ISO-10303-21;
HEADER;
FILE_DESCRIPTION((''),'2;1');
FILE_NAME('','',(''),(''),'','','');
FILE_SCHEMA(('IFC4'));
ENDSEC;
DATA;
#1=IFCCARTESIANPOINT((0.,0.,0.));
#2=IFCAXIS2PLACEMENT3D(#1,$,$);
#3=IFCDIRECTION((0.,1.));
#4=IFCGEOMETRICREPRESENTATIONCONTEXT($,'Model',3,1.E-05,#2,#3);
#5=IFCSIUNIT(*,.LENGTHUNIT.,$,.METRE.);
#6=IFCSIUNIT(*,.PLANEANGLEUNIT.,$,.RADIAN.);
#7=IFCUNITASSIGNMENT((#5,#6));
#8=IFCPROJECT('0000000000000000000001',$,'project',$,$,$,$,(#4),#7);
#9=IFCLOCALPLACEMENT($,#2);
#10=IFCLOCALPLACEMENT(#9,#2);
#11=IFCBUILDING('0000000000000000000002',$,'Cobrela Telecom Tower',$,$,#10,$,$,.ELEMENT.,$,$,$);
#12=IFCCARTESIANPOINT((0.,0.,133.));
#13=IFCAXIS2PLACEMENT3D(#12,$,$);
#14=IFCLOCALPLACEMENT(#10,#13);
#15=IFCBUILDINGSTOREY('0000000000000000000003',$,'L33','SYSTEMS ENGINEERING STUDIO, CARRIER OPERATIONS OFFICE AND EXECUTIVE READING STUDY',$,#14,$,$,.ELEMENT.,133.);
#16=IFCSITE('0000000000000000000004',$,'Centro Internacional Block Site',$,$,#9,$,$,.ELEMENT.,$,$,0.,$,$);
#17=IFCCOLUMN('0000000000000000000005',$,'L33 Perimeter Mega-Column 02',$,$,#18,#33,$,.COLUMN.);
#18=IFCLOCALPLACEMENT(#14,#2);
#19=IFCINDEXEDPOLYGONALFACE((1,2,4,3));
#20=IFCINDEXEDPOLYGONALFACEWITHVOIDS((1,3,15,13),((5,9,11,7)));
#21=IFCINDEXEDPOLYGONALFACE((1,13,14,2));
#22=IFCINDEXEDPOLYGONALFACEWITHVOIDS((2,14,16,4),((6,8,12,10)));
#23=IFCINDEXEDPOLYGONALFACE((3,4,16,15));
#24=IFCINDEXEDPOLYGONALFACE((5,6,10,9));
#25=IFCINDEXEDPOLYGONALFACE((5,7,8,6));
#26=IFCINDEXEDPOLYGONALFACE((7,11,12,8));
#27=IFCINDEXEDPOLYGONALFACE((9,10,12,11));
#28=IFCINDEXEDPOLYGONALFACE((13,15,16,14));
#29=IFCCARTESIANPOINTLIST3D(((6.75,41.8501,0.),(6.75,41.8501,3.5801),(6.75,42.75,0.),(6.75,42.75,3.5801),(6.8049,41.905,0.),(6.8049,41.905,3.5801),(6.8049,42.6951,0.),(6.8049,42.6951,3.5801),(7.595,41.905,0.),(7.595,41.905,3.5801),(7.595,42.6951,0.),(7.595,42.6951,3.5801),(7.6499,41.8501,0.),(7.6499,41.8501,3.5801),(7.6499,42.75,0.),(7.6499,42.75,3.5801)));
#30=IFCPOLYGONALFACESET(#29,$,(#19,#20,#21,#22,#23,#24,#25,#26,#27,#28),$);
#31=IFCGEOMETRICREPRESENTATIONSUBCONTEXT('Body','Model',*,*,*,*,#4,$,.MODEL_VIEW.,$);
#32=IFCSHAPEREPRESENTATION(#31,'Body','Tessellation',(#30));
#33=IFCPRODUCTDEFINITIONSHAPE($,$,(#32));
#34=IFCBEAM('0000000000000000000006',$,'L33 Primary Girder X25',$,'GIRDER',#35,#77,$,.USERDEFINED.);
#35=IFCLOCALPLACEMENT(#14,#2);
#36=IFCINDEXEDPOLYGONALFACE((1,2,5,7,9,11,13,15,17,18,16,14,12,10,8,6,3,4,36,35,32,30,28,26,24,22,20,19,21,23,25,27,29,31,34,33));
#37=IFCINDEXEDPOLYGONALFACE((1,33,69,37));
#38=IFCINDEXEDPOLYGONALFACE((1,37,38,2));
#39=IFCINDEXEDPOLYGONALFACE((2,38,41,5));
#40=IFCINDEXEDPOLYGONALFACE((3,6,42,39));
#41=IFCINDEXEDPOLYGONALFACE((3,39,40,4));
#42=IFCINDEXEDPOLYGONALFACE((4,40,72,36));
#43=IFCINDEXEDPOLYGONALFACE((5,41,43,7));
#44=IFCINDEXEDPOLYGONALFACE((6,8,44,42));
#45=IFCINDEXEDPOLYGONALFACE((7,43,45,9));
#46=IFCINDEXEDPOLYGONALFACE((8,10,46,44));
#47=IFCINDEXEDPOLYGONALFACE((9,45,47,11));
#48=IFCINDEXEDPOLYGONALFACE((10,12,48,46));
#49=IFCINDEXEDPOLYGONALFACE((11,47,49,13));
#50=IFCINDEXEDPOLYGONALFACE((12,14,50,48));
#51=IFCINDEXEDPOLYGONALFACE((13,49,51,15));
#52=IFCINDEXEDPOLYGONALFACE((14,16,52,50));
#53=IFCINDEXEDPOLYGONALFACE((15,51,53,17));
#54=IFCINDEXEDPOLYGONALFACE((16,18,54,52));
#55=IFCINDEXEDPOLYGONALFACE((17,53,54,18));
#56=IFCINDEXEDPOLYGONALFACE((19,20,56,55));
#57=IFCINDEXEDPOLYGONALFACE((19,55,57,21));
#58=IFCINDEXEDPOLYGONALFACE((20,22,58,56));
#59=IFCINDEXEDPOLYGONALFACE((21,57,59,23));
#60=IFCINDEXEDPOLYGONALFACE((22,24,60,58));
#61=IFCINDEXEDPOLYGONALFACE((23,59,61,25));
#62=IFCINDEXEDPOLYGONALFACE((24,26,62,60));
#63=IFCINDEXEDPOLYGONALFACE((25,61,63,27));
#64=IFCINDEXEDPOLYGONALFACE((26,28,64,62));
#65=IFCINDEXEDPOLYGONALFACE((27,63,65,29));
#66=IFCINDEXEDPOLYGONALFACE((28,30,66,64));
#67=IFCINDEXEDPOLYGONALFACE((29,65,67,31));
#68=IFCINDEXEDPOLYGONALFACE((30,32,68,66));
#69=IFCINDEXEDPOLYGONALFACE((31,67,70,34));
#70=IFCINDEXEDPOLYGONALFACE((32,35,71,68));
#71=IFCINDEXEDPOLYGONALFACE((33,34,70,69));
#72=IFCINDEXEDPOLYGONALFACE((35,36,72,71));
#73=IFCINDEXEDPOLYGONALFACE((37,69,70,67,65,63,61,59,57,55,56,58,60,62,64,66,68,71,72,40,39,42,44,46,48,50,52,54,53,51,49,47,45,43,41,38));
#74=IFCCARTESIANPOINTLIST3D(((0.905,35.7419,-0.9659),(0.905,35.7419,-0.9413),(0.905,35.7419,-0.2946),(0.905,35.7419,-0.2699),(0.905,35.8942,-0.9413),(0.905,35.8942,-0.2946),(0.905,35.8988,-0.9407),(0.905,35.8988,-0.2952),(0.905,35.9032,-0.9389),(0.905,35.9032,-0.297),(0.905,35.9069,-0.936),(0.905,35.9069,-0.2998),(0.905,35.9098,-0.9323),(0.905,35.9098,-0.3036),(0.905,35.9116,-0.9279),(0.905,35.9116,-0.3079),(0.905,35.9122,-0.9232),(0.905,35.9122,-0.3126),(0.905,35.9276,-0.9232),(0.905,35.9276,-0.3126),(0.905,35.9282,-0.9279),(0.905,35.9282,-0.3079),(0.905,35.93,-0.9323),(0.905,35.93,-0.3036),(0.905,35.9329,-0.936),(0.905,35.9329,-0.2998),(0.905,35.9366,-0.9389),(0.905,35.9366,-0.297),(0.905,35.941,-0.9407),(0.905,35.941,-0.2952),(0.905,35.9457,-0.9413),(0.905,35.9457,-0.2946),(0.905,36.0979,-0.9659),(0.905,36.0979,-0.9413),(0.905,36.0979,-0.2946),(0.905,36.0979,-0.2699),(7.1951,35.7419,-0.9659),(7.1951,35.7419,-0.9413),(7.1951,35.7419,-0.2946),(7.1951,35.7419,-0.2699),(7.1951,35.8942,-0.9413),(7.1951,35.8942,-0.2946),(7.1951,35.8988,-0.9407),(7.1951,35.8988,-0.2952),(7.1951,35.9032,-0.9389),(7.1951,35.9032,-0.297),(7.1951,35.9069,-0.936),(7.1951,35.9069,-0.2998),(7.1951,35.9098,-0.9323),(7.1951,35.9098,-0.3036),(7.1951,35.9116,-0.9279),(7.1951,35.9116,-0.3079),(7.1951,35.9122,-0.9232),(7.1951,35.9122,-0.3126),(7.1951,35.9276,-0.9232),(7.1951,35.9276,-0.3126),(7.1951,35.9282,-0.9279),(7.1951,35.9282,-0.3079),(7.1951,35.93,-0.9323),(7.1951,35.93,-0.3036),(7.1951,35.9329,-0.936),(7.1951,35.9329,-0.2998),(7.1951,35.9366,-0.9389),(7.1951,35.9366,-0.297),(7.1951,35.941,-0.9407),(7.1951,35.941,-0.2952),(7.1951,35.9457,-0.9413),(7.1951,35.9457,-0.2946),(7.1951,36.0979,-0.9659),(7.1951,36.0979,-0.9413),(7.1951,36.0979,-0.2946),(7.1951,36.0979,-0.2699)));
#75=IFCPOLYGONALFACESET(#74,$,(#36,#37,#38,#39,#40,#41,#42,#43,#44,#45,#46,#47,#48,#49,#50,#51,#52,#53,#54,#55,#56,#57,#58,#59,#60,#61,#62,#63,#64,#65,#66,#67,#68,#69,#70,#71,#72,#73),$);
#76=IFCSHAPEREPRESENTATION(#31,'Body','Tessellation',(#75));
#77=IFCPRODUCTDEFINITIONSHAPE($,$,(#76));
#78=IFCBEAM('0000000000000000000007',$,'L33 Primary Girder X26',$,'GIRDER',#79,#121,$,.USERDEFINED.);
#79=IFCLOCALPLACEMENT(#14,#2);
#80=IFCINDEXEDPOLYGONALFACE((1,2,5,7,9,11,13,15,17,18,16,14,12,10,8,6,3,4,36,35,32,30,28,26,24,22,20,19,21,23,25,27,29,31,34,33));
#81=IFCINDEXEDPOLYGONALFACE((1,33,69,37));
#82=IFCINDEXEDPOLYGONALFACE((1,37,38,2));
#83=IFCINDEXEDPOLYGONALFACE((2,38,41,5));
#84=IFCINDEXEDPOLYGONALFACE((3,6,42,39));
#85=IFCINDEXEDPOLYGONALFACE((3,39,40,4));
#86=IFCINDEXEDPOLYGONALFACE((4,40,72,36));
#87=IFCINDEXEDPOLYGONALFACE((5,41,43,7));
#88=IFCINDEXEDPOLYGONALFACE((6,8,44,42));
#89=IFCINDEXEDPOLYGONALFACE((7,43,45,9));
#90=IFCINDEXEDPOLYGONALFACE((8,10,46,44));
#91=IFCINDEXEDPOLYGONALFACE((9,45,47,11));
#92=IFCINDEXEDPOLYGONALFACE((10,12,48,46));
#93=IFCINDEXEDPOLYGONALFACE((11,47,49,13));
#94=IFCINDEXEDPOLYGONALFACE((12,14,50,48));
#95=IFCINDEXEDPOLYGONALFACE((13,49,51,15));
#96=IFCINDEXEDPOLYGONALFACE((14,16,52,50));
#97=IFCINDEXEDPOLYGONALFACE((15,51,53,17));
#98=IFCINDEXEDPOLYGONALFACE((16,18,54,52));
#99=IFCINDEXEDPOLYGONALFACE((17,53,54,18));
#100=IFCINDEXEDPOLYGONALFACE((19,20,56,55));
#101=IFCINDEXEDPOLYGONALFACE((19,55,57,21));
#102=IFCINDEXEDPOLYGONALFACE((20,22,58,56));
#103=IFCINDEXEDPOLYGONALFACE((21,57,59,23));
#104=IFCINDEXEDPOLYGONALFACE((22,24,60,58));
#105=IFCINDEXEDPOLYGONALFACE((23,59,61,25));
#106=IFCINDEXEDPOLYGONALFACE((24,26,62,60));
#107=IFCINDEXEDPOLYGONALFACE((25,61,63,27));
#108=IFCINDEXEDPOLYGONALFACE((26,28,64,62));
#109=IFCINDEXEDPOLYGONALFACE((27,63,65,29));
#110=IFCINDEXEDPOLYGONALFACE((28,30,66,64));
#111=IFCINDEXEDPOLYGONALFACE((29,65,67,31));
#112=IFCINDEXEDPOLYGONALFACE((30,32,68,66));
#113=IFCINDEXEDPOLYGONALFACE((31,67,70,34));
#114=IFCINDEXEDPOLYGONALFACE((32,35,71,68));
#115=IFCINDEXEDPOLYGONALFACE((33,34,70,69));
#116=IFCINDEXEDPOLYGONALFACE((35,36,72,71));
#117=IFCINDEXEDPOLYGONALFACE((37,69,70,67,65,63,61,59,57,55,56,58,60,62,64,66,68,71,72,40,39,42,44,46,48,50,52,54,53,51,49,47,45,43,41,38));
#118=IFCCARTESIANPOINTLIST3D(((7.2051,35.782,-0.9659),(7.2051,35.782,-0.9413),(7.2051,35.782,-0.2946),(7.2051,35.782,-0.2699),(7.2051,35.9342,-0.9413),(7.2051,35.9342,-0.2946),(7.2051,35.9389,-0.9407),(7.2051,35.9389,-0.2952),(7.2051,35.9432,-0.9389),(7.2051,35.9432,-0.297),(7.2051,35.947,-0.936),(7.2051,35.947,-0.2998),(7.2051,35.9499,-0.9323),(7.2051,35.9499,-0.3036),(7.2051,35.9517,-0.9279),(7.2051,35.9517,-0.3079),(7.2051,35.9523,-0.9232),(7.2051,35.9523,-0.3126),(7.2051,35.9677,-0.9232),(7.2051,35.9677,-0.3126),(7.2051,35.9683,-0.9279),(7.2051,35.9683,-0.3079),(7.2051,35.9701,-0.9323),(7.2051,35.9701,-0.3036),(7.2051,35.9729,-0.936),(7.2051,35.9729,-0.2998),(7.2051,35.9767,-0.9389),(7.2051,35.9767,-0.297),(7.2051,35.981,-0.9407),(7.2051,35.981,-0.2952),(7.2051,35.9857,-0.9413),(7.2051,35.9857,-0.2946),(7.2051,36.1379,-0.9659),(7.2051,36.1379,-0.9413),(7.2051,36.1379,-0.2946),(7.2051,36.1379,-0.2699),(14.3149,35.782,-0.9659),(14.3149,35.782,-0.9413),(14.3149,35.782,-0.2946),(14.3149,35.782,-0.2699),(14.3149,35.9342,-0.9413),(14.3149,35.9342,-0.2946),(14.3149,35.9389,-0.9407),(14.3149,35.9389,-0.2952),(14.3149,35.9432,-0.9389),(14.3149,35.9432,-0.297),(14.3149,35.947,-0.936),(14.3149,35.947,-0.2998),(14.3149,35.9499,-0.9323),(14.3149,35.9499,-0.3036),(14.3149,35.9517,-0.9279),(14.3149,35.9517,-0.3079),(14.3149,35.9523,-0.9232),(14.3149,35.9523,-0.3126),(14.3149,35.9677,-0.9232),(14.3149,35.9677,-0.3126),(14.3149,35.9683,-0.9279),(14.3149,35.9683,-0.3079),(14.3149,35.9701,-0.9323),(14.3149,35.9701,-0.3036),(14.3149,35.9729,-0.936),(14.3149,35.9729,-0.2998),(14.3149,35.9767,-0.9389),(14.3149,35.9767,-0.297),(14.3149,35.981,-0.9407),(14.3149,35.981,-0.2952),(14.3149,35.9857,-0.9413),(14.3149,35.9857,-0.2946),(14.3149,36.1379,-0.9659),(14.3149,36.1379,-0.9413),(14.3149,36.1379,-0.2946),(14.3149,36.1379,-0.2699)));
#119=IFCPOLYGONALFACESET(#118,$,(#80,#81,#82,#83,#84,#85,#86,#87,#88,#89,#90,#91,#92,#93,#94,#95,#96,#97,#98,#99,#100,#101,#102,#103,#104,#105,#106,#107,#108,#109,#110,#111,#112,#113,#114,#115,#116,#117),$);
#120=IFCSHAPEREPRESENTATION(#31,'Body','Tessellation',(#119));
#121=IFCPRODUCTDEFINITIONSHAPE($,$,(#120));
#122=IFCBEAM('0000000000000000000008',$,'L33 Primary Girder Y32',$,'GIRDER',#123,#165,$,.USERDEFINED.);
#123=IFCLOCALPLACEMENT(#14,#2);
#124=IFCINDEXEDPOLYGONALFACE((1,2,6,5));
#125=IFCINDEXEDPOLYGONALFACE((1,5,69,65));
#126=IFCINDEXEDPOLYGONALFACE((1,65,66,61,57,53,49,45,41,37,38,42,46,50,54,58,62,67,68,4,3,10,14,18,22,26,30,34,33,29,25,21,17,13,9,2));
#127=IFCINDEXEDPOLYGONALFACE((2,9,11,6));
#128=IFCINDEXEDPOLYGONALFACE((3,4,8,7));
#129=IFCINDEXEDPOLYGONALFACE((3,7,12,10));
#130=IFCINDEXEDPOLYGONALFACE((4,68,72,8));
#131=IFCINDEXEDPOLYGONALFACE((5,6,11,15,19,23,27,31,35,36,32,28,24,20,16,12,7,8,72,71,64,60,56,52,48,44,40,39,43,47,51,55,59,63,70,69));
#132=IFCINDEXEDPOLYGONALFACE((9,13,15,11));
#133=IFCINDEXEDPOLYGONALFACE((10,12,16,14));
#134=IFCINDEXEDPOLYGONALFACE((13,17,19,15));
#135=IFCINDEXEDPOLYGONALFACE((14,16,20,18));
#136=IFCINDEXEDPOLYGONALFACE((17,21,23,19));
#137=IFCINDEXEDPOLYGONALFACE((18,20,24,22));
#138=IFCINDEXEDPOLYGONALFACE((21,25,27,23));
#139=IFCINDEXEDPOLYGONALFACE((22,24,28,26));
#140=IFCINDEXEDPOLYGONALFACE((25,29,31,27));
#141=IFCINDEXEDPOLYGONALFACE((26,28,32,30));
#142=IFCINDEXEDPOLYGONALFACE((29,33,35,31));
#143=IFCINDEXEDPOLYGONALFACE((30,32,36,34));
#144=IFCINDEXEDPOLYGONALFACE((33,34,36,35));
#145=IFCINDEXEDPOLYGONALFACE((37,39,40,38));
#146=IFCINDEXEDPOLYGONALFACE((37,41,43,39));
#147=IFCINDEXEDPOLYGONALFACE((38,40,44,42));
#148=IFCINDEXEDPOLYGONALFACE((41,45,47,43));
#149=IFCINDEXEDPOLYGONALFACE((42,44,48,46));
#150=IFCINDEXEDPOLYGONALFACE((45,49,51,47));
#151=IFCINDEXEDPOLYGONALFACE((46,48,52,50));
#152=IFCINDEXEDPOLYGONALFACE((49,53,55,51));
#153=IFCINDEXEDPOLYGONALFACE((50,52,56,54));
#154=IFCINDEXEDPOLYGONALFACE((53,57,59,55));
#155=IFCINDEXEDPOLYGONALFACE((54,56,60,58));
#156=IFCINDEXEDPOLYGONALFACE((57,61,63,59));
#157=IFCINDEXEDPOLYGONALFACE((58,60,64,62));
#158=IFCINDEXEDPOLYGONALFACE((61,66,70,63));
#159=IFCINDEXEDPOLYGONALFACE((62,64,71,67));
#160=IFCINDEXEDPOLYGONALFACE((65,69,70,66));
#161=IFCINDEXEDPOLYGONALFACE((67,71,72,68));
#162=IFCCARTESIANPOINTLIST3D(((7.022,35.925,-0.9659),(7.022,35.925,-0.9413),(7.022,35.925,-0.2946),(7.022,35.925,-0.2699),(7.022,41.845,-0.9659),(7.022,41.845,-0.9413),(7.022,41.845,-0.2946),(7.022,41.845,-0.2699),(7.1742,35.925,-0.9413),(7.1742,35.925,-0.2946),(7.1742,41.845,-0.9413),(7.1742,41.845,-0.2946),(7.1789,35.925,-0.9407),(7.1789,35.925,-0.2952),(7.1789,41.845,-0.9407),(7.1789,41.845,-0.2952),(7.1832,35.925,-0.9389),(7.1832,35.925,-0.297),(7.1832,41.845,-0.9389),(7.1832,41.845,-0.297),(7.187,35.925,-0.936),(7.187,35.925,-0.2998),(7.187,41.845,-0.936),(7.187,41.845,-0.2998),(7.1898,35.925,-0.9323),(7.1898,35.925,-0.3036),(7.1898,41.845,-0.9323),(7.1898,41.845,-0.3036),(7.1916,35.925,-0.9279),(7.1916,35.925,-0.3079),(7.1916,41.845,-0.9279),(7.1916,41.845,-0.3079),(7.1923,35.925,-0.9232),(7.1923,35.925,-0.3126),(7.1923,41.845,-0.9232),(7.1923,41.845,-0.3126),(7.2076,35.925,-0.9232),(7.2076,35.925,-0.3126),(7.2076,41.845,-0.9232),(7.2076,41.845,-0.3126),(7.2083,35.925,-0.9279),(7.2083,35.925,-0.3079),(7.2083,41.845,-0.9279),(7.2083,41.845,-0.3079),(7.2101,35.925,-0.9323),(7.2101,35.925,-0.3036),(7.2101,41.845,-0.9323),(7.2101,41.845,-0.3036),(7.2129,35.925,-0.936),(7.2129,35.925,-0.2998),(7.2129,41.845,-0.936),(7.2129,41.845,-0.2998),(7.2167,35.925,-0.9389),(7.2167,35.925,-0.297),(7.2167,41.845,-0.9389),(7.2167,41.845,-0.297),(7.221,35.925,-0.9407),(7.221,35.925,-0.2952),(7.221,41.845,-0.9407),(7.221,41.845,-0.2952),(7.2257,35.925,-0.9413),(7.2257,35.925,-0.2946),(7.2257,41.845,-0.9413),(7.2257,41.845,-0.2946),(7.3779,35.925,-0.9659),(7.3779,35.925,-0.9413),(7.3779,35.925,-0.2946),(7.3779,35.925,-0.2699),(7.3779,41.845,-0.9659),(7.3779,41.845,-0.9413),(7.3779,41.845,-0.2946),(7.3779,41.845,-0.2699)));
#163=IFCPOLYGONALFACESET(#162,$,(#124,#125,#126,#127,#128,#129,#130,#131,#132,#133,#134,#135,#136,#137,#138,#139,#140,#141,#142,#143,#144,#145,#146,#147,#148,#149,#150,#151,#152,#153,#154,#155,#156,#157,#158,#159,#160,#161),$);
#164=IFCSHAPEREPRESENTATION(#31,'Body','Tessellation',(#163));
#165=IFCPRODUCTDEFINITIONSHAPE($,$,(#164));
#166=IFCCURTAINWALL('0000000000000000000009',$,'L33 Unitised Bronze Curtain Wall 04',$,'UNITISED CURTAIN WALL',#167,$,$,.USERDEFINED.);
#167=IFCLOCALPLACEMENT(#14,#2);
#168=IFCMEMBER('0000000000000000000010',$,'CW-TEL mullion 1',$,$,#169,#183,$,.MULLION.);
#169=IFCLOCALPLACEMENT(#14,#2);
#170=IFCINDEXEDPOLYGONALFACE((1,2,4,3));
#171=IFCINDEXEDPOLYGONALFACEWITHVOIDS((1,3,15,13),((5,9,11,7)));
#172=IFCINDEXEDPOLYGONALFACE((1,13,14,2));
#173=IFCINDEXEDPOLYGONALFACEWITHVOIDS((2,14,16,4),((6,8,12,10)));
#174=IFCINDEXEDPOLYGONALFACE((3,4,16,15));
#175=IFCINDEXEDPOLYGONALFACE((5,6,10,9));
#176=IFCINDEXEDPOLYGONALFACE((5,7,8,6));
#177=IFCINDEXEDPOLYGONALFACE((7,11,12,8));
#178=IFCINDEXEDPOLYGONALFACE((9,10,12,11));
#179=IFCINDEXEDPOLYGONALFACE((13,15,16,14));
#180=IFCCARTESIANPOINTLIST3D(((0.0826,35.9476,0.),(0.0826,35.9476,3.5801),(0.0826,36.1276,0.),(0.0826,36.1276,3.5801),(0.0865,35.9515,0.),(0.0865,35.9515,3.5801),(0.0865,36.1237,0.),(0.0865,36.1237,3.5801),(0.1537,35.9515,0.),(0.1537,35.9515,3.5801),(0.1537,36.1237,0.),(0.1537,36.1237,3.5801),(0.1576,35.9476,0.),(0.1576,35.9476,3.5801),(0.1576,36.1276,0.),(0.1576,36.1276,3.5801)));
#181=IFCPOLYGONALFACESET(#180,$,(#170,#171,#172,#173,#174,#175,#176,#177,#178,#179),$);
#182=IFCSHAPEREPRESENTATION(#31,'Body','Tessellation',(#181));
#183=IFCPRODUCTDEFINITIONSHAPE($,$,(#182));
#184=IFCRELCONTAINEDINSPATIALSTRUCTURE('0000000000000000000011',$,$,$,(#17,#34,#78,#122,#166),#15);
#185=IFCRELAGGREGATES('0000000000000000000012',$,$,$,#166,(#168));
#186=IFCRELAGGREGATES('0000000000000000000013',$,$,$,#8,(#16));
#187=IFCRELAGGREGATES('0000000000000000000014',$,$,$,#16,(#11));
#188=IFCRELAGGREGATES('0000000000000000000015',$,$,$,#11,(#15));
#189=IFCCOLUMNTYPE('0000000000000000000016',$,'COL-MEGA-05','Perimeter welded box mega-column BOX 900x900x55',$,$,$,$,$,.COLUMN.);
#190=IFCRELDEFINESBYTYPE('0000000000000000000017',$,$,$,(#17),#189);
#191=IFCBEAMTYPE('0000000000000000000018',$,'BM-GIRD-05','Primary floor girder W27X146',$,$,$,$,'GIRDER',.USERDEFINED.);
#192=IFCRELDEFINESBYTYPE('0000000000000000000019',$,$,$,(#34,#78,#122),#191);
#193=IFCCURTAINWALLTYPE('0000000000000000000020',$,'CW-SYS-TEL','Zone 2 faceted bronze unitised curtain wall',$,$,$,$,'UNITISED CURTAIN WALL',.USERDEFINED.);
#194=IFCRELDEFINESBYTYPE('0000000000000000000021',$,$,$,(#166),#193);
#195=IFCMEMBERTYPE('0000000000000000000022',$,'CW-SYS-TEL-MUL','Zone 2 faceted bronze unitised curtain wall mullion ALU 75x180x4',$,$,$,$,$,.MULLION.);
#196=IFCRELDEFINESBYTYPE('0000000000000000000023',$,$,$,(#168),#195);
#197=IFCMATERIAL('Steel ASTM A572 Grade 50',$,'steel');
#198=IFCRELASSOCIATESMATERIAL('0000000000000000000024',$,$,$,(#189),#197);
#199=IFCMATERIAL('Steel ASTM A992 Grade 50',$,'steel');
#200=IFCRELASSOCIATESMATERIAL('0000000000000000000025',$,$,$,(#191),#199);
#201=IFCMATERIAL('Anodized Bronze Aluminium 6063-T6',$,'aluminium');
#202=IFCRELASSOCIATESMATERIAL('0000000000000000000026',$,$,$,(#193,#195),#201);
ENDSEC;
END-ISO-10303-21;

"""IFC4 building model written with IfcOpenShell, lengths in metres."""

from ifc_helpers import new_model, si_unit, direction, frame, origin, origin_2d, place, context, subcontext, project, spatial, hollow_rectangle, i_section, extrude, material, material_profile, profile_set, type_object, element, aggregate, save


model = new_model("IFC4")

# Units and contexts
model_context = context("Model", 3, precision=1e-05, world=origin(), true_north=direction((0.0, 1.0)))
body_context = subcontext(model_context, "Body", "Model", "MODEL_VIEW")
ifc_project = project(units=[si_unit("LENGTHUNIT", "METRE"), si_unit("PLANEANGLEUNIT", "RADIAN")], contexts=[model_context])

# Site, building, storey
site_placement = place(None, origin())
site = spatial("IfcSite", under=ifc_project, at=site_placement, Name="Centro Internacional Block Site", CompositionType="ELEMENT", RefElevation=0.0)
building_placement = place(site_placement, origin())
building = spatial("IfcBuilding", under=site, at=building_placement, Name="Cobrela Telecom Tower", CompositionType="ELEMENT")
storey_placement = place(building_placement, frame((0.0, 0.0, 133.0)))
storey = spatial("IfcBuildingStorey", under=building, at=storey_placement, Name="L33", Description="SYSTEMS ENGINEERING STUDIO, CARRIER OPERATIONS OFFICE AND EXECUTIVE READING STUDY", CompositionType="ELEMENT", Elevation=133.0)

# Column
ifc_material_1 = material(Name="Steel ASTM A572 Grade 50", Category="steel")
ifc_material_profile_1 = material_profile(ifc_material_1, hollow_rectangle(XDim=0.8999, YDim=0.8999, WallThickness=0.0549, at=origin_2d()), Name="BOX 900x900x55")
ifc_profile_set_1 = profile_set([ifc_material_profile_1], Name="Steel ASTM A572 Grade 50")
column_type = type_object("IfcColumnType", Name="COL-MEGA-05", Description="Perimeter welded box mega-column BOX 900x900x55", PredefinedType="COLUMN", material=ifc_profile_set_1)
column_placement = place(storey_placement, frame((7.2, 42.3, 0.0), z_axis=(0.0, 0.0, 1.0), x_axis=(1.0, 0.0, 0.0)))
element("IfcColumn", 1, at=column_placement, inside=storey, type_object=column_type, Name="L33 Perimeter Mega-Column 02", PredefinedType="COLUMN", context=body_context, shape_type="SweptSolid", body=[
    extrude(hollow_rectangle(XDim=0.8999, YDim=0.8999, WallThickness=0.0549, at=origin_2d()), origin(), (0.0, 0.0, 1.0), 3.5801),
])

# Beams
ifc_material_2 = material(Name="Steel ASTM A992 Grade 50", Category="steel")
ifc_material_profile_2 = material_profile(ifc_material_2, i_section(OverallWidth=0.356, OverallDepth=0.696, WebThickness=0.0154, FlangeThickness=0.0247, FilletRadius=0.0181, at=origin_2d()), Name="W27X146")
ifc_profile_set_2 = profile_set([ifc_material_profile_2], Name="Steel ASTM A992 Grade 50")
beam_type = type_object("IfcBeamType", Name="BM-GIRD-05", Description="Primary floor girder W27X146", ElementType="GIRDER", PredefinedType="USERDEFINED", material=ifc_profile_set_2)
beam_1_placement = place(storey_placement, frame((0.905, 35.9199, -0.6179), z_axis=(1.0, 0.0, 0.0), x_axis=(0.0, 1.0, 0.0)))
element("IfcBeam", 2, at=beam_1_placement, inside=storey, type_object=beam_type, Name="L33 Primary Girder X25", ObjectType="GIRDER", PredefinedType="USERDEFINED", context=body_context, shape_type="SweptSolid", body=[
    extrude(i_section(OverallWidth=0.356, OverallDepth=0.696, WebThickness=0.0154, FlangeThickness=0.0247, FilletRadius=0.0181, at=origin_2d()), origin(), (0.0, 0.0, 1.0), 6.29),
])
beam_2_placement = place(storey_placement, frame((7.2051, 35.96, -0.6179), z_axis=(1.0, 0.0, 0.0), x_axis=(0.0, 1.0, 0.0)))
element("IfcBeam", 3, at=beam_2_placement, inside=storey, type_object=beam_type, Name="L33 Primary Girder X26", ObjectType="GIRDER", PredefinedType="USERDEFINED", context=body_context, shape_type="SweptSolid", body=[
    extrude(i_section(OverallWidth=0.356, OverallDepth=0.696, WebThickness=0.0154, FlangeThickness=0.0247, FilletRadius=0.0181, at=origin_2d()), origin(), (0.0, 0.0, 1.0), 7.1099),
])
beam_3_placement = place(storey_placement, frame((7.2, 35.925, -0.6179), z_axis=(0.0, 1.0, 0.0), x_axis=(-1.0, 0.0, 0.0)))
element("IfcBeam", 4, at=beam_3_placement, inside=storey, type_object=beam_type, Name="L33 Primary Girder Y32", ObjectType="GIRDER", PredefinedType="USERDEFINED", context=body_context, shape_type="SweptSolid", body=[
    extrude(i_section(OverallWidth=0.356, OverallDepth=0.696, WebThickness=0.0154, FlangeThickness=0.0247, FilletRadius=0.0181, at=origin_2d()), origin(), (0.0, 0.0, 1.0), 5.9199),
])

# Curtain wall, member
ifc_material_3 = material(Name="Anodized Bronze Aluminium 6063-T6", Category="aluminium")
curtain_wall_type = type_object("IfcCurtainWallType", Name="CW-SYS-TEL", Description="Zone 2 faceted bronze unitised curtain wall", ElementType="UNITISED CURTAIN WALL", PredefinedType="USERDEFINED", material=ifc_material_3)
curtain_wall_1_placement = place(storey_placement, origin())
curtain_wall_1 = element("IfcCurtainWall", 5, at=curtain_wall_1_placement, inside=storey, type_object=curtain_wall_type, Name="L33 Unitised Bronze Curtain Wall 04", ObjectType="UNITISED CURTAIN WALL", PredefinedType="USERDEFINED")
ifc_material_profile_3 = material_profile(ifc_material_3, hollow_rectangle(XDim=0.075, YDim=0.1799, WallThickness=0.0039, at=origin_2d()), Name="ALU 75x180x4")
ifc_profile_set_3 = profile_set([ifc_material_profile_3], Name="Anodized Bronze Aluminium 6063-T6")
member_type_1 = type_object("IfcMemberType", Name="CW-SYS-TEL-MUL", Description="Zone 2 faceted bronze unitised curtain wall mullion ALU 75x180x4", PredefinedType="MULLION", material=ifc_profile_set_3)
member_1_placement = place(storey_placement, frame((0.1201, 36.0376, 0.0), z_axis=(0.0, 0.0, 1.0), x_axis=(-1.0, 0.0, 0.0)))
member_1 = element("IfcMember", 6, at=member_1_placement, type_object=member_type_1, Name="CW-TEL mullion 1", PredefinedType="MULLION", context=body_context, shape_type="SweptSolid", body=[
    extrude(hollow_rectangle(XDim=0.075, YDim=0.1799, WallThickness=0.0039, at=origin_2d()), origin(), (0.0, 0.0, 1.0), 3.5801),
])

aggregate(curtain_wall_1, [member_1])

save(model, "model.ifc")
